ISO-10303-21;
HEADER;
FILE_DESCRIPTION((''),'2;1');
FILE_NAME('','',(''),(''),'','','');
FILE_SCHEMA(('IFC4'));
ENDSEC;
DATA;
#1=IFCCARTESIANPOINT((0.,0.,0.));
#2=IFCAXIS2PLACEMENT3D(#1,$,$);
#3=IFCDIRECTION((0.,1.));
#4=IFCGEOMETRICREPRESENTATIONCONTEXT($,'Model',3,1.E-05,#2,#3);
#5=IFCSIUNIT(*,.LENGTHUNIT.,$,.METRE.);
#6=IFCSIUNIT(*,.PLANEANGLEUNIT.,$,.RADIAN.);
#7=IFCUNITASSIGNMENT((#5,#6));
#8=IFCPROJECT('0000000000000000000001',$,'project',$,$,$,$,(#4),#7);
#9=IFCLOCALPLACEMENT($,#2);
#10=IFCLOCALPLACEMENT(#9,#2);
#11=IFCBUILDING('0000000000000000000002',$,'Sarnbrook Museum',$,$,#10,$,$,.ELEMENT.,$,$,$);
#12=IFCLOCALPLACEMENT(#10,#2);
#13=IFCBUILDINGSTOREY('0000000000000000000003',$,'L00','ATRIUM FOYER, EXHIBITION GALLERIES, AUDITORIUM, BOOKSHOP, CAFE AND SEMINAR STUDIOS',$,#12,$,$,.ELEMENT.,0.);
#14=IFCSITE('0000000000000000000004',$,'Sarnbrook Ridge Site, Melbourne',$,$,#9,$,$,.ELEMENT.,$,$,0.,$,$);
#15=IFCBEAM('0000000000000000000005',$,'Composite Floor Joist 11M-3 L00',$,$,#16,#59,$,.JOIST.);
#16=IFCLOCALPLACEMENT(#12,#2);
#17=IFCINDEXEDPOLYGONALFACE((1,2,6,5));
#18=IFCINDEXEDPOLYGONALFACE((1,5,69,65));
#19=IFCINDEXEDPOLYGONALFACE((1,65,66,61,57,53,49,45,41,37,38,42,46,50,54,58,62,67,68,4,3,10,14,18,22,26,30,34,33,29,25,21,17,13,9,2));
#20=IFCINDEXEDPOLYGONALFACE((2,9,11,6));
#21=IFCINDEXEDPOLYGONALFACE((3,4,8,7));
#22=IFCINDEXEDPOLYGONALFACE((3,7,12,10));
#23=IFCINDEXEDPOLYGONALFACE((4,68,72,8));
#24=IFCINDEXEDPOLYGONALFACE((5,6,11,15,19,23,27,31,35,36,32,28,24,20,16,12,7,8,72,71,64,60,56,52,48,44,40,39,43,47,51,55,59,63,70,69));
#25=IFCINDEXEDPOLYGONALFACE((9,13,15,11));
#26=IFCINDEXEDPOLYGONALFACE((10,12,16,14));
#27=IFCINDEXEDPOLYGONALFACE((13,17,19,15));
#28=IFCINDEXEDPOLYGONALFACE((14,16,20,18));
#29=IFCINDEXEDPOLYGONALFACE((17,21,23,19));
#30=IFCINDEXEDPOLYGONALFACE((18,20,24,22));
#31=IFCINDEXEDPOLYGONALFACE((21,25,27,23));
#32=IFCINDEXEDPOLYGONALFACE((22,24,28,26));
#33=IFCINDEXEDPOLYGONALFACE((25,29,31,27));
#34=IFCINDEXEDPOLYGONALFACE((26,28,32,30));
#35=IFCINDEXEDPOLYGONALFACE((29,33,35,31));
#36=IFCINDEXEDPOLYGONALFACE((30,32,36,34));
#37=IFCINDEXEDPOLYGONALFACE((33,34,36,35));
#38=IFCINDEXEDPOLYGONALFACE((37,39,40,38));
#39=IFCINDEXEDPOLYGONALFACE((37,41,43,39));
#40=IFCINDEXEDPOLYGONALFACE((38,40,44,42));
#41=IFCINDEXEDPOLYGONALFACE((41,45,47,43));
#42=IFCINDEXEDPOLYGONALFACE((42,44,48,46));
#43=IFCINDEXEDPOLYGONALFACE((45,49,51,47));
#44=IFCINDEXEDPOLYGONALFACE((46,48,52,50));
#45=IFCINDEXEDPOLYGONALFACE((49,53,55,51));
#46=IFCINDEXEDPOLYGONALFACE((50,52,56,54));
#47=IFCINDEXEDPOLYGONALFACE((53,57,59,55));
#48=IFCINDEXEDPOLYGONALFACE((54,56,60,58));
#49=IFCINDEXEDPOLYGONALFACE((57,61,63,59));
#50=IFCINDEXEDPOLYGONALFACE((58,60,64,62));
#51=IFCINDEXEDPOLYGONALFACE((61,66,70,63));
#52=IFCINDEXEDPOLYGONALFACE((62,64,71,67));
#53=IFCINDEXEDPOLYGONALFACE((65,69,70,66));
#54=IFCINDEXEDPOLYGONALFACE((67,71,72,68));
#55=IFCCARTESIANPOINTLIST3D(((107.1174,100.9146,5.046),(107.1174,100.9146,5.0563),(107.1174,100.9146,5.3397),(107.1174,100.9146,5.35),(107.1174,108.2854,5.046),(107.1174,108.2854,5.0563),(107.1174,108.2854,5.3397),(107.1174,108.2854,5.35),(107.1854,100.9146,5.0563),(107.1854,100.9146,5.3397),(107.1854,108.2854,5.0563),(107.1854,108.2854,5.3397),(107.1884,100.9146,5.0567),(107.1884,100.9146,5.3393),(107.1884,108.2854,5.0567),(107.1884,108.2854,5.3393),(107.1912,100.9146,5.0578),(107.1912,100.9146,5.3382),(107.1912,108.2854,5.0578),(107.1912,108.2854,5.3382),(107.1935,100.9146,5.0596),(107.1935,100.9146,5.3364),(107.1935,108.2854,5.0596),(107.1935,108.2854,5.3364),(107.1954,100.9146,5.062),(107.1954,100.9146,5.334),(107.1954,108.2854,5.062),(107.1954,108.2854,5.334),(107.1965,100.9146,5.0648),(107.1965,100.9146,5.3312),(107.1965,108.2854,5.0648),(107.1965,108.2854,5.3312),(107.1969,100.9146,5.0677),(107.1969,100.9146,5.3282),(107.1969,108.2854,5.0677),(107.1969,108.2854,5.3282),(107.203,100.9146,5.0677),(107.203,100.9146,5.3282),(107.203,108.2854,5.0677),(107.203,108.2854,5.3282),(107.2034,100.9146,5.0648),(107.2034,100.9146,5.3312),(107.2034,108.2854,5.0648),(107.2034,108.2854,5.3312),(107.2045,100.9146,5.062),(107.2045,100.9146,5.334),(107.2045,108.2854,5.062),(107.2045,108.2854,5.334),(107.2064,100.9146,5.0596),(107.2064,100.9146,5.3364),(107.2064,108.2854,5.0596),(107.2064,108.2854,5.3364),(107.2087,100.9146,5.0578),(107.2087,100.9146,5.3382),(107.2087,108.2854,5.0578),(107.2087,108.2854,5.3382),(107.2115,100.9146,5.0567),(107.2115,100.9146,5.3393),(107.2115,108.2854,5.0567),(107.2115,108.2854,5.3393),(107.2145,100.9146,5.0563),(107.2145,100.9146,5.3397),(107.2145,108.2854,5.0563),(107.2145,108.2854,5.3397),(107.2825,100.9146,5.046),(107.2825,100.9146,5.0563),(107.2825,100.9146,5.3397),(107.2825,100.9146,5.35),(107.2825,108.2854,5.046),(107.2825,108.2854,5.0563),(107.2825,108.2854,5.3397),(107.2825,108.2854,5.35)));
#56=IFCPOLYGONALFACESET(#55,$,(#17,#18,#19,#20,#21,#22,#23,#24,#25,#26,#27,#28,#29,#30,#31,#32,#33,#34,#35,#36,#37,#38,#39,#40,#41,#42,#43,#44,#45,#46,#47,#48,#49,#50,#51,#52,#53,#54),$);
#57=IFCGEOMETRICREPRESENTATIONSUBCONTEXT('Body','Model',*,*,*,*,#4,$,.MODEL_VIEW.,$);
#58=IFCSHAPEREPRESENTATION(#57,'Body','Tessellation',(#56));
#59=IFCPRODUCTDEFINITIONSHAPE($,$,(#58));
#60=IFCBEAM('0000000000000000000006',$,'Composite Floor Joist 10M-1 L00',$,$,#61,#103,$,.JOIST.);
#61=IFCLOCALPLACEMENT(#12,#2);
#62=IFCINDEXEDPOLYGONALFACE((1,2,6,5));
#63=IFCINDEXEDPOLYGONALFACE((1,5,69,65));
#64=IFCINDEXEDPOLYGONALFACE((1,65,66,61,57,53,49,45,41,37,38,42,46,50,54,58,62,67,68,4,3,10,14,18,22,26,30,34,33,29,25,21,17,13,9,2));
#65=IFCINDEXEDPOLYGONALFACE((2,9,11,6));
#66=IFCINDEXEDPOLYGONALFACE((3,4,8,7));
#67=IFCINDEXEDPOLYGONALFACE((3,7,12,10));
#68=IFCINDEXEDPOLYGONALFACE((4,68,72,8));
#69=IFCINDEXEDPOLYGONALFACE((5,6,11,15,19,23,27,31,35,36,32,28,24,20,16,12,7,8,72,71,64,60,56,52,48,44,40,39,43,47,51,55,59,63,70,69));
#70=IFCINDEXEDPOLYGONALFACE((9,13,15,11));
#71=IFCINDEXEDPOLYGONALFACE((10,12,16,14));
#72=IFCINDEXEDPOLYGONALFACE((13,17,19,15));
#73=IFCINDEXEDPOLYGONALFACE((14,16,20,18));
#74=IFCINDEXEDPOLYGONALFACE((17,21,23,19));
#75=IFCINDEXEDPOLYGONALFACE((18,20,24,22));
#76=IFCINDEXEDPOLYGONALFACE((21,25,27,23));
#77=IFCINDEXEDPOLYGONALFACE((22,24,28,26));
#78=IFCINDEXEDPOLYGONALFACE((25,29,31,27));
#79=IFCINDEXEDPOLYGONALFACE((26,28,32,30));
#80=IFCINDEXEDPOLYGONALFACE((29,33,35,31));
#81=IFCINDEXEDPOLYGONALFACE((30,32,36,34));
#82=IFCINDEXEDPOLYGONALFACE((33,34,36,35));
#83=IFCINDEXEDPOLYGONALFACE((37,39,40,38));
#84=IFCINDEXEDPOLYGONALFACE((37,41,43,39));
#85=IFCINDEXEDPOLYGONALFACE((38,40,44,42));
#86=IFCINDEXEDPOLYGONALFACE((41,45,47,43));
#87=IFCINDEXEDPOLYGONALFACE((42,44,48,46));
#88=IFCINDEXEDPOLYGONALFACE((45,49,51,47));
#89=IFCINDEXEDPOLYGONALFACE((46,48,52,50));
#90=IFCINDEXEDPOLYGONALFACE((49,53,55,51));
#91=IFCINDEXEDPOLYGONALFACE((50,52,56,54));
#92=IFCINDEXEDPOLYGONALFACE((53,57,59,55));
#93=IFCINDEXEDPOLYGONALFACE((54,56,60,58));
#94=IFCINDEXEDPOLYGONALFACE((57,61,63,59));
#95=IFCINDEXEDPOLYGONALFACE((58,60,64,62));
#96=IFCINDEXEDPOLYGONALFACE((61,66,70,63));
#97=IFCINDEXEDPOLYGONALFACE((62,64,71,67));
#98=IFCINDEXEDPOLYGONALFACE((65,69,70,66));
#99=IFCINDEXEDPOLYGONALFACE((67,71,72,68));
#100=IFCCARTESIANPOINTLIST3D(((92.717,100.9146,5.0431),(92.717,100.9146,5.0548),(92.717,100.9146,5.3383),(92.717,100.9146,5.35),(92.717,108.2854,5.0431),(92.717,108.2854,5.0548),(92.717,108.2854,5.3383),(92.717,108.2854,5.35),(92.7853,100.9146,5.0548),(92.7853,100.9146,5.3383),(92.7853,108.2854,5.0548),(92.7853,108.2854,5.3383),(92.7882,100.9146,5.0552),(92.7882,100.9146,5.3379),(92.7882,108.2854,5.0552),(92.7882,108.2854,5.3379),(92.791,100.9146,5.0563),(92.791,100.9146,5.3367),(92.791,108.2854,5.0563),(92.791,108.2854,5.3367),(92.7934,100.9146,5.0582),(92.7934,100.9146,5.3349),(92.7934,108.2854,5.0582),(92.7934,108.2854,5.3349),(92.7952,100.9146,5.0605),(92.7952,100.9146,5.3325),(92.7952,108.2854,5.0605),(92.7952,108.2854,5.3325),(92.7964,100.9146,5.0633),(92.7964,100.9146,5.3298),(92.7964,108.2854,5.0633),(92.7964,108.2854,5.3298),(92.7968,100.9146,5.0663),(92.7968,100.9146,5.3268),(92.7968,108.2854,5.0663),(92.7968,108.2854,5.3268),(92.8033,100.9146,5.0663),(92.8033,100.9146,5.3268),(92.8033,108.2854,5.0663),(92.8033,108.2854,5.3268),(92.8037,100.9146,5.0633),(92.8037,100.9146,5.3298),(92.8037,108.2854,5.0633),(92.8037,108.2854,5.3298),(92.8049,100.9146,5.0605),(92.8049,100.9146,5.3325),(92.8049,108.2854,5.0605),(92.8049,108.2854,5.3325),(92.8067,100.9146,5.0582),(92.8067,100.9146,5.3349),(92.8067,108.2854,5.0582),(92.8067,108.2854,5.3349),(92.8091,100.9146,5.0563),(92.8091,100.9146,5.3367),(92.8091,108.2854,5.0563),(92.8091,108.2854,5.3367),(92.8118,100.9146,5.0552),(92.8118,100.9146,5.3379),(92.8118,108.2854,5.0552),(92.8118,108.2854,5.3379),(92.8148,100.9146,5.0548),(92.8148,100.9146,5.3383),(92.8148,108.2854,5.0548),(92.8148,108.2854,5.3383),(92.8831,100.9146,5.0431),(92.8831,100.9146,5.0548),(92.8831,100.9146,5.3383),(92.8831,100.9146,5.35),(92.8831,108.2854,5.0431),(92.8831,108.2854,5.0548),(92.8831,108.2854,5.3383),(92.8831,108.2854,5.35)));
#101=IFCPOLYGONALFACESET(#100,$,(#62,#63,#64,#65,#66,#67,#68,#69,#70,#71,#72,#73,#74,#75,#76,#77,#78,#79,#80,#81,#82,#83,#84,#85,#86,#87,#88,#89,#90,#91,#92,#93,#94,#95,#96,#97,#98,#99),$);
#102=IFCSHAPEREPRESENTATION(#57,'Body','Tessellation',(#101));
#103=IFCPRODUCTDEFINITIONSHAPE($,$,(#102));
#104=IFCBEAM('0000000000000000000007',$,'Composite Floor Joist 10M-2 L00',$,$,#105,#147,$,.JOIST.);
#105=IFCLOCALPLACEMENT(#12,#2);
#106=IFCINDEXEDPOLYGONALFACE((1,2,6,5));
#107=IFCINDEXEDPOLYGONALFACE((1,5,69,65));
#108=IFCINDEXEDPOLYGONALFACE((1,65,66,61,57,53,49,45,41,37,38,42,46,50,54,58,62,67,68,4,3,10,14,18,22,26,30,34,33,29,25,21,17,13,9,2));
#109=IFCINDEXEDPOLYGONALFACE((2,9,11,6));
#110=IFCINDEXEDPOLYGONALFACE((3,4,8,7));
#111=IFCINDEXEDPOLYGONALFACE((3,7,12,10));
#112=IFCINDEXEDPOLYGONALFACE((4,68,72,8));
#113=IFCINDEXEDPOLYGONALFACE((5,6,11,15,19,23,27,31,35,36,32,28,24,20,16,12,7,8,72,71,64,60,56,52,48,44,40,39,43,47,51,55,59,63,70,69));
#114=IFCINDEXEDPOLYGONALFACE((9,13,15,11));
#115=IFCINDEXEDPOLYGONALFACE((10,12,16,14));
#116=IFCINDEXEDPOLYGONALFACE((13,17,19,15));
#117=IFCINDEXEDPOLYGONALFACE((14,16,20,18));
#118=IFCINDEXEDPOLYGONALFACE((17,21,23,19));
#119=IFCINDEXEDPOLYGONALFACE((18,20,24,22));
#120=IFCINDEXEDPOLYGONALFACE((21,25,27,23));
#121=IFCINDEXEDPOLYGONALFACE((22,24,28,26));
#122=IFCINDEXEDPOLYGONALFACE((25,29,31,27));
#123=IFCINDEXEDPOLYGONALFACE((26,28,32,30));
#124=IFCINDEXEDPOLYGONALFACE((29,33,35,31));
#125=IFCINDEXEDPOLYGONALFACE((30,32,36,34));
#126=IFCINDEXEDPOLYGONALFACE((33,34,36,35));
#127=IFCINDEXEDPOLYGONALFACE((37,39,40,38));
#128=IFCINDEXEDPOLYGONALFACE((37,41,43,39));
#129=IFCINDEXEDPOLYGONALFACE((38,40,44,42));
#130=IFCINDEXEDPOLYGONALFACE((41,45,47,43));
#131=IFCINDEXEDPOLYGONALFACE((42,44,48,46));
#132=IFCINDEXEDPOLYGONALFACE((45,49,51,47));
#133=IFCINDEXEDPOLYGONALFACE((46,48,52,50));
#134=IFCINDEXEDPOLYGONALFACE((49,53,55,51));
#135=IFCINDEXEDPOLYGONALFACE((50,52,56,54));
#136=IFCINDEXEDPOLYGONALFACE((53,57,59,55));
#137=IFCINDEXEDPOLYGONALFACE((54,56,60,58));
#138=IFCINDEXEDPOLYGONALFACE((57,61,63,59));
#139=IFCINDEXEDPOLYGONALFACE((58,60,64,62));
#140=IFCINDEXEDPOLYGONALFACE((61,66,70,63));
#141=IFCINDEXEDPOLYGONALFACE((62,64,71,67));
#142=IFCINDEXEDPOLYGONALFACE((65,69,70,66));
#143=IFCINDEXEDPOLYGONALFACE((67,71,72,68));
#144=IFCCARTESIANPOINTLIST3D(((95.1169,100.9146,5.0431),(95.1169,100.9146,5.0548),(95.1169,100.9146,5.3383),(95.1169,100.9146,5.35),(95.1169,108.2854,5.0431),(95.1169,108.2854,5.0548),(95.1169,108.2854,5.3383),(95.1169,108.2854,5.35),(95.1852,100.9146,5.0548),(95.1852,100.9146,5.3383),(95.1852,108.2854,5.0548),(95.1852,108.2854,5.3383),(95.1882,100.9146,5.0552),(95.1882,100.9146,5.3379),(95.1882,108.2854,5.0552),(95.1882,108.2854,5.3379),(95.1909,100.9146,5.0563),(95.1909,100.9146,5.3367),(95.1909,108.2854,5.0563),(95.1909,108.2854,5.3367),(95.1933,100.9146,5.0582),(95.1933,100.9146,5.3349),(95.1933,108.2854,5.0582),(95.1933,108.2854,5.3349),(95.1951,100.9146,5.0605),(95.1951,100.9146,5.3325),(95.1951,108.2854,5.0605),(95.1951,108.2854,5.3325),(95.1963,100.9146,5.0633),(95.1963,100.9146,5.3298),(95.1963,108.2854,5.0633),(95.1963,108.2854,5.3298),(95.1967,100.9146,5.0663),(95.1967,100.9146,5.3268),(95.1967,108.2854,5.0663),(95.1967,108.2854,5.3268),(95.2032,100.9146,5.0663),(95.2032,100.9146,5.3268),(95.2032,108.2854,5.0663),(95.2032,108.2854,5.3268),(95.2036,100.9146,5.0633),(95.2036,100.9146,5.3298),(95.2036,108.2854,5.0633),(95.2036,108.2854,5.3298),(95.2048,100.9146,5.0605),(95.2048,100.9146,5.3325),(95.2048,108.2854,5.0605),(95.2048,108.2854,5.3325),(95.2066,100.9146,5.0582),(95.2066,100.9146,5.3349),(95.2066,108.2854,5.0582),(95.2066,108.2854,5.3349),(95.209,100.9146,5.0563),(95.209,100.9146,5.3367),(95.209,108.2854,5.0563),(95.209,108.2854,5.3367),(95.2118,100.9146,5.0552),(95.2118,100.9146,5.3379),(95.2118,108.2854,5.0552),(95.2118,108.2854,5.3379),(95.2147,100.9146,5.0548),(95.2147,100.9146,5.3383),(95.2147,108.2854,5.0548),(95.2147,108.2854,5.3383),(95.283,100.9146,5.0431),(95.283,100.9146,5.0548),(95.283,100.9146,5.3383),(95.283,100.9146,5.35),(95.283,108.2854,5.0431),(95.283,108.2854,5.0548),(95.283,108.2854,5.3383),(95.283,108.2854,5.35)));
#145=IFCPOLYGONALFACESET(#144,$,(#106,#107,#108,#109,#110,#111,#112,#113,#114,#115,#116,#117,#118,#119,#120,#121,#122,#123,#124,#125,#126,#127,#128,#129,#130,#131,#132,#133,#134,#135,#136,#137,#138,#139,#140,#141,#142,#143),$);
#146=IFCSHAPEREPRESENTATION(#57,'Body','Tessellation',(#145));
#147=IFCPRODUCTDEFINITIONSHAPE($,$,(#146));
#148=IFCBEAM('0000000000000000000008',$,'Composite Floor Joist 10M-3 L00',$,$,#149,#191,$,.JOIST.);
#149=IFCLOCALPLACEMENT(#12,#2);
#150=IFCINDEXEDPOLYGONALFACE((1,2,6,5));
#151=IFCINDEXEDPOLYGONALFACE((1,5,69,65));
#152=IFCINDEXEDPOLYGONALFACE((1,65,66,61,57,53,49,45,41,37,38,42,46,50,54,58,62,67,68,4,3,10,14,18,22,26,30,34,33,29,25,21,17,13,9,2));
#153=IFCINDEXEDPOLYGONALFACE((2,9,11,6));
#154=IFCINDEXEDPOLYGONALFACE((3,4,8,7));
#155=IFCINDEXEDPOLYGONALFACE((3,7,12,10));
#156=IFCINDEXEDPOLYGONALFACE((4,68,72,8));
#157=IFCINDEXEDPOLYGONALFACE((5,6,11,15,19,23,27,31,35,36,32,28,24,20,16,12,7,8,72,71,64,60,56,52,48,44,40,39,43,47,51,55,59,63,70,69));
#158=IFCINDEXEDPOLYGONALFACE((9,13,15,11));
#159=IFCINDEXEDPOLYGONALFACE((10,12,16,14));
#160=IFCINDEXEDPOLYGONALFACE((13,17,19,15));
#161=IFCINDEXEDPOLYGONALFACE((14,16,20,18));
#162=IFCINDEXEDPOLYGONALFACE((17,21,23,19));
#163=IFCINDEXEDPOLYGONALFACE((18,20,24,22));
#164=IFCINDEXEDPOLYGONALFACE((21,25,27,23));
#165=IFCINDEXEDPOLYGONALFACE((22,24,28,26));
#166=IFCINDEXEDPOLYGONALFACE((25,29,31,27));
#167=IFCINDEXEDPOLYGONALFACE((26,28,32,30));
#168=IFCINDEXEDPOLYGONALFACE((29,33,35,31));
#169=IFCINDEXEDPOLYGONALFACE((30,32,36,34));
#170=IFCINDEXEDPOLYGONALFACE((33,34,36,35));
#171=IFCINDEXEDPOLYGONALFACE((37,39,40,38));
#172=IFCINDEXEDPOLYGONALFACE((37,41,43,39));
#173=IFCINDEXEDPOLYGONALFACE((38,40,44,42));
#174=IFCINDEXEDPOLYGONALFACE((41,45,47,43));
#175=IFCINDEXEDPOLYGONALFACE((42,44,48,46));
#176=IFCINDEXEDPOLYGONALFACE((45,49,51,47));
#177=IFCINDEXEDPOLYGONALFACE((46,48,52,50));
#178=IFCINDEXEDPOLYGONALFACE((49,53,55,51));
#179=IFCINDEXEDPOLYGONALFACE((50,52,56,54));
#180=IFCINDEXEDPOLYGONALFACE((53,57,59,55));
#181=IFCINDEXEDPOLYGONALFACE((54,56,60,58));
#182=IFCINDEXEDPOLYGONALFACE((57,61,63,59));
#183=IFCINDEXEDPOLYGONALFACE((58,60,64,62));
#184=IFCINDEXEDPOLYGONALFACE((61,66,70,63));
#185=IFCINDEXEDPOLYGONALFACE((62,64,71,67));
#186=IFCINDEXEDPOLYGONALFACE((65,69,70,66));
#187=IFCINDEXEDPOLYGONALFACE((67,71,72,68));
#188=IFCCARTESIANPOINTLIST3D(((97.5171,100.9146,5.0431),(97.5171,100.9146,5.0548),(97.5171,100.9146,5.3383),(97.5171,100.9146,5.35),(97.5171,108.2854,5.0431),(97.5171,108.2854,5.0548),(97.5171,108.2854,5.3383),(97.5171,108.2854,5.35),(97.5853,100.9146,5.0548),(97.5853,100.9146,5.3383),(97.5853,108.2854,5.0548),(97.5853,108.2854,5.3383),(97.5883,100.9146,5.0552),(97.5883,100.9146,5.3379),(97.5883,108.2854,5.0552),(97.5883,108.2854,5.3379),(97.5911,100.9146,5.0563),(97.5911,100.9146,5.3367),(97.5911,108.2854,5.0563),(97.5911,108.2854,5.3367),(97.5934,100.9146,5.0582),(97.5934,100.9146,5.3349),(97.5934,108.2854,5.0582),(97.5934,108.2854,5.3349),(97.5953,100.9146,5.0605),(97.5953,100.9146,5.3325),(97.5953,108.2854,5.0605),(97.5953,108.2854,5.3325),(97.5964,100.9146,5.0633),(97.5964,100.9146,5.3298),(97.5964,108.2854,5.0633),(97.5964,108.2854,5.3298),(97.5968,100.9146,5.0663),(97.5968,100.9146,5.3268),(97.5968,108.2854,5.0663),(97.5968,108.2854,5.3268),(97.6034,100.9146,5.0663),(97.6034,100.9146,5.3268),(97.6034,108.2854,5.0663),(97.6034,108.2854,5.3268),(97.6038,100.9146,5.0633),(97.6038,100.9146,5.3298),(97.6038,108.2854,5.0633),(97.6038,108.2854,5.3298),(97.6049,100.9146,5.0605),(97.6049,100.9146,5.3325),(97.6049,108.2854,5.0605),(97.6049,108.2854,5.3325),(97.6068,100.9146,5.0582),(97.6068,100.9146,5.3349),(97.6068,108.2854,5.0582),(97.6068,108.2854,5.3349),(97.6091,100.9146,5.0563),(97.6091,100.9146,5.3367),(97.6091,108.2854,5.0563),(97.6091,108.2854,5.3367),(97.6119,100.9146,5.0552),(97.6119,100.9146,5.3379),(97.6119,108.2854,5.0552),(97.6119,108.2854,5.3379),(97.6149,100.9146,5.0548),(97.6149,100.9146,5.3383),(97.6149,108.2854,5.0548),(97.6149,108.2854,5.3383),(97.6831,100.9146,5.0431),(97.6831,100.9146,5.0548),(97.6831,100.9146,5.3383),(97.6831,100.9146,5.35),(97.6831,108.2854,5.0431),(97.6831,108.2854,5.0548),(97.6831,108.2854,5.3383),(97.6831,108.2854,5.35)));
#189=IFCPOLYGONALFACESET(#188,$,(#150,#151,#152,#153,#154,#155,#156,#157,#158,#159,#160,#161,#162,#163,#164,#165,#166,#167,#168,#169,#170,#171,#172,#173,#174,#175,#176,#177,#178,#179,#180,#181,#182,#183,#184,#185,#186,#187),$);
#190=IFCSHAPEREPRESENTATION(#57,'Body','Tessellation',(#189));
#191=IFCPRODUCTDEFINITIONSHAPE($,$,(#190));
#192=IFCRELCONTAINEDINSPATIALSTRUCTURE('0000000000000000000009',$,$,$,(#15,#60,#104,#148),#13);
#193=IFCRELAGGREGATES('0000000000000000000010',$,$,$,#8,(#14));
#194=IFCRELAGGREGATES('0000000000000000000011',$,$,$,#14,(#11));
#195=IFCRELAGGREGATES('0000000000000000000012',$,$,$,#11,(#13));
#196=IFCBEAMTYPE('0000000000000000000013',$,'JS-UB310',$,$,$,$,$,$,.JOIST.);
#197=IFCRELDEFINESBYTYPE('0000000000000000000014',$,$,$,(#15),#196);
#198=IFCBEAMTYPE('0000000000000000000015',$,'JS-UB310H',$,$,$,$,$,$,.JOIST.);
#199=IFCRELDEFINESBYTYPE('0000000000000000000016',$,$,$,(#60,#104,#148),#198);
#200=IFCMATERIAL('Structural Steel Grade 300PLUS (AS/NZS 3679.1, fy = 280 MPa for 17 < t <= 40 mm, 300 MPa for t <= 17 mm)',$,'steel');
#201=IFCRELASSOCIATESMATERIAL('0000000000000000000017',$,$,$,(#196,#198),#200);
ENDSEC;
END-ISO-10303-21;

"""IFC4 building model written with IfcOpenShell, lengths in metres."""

from ifc_helpers import new_model, si_unit, direction, frame, origin, origin_2d, place, context, subcontext, project, spatial, i_section, extrude, material, material_profile, profile_set, type_object, element, save


model = new_model("IFC4")

# Units and contexts
model_context = context("Model", 3, precision=1e-05, world=origin(), true_north=direction((0.0, 1.0)))
body_context = subcontext(model_context, "Body", "Model", "MODEL_VIEW")
ifc_project = project(units=[si_unit("LENGTHUNIT", "METRE"), si_unit("PLANEANGLEUNIT", "RADIAN")], contexts=[model_context])

# Site, building, storey
site_placement = place(None, origin())
site = spatial("IfcSite", under=ifc_project, at=site_placement, Name="Sarnbrook Ridge Site, Melbourne", CompositionType="ELEMENT", RefElevation=0.0)
building_placement = place(site_placement, origin())
building = spatial("IfcBuilding", under=site, at=building_placement, Name="Sarnbrook Museum", CompositionType="ELEMENT")
storey_placement = place(building_placement, origin())
storey = spatial("IfcBuildingStorey", under=building, at=storey_placement, Name="L00", Description="ATRIUM FOYER, EXHIBITION GALLERIES, AUDITORIUM, BOOKSHOP, CAFE AND SEMINAR STUDIOS", CompositionType="ELEMENT", Elevation=0.0)

# Beams
ifc_material_1 = material(Name="Structural Steel Grade 300PLUS (AS/NZS 3679.1, fy = 280 MPa for 17 < t <= 40 mm, 300 MPa for t <= 17 mm)", Category="steel")
ifc_material_profile_1 = material_profile(ifc_material_1, i_section(OverallWidth=0.165, OverallDepth=0.304, WebThickness=0.0061, FlangeThickness=0.0103, FilletRadius=0.0115, at=origin_2d()), Name="310UB40.4")
ifc_profile_set_1 = profile_set([ifc_material_profile_1], Name="Structural Steel Grade 300PLUS (AS/NZS 3679.1, fy = 280 MPa for 17 < t <= 40 mm, 300 MPa for t <= 17 mm)")
beam_type_1 = type_object("IfcBeamType", Name="JS-UB310", PredefinedType="JOIST", material=ifc_profile_set_1)
for number, where, z_axis, x_axis, name in (
    (1, (107.2, 100.9146, 5.198), (0.0, 1.0, 0.0), (-1.0, 0.0, 0.0), "Composite Floor Joist 11M-3 L00"),
):
    element("IfcBeam", number, at=place(storey_placement, frame(where, z_axis=z_axis, x_axis=x_axis)), inside=storey, type_object=beam_type_1, Name=name, PredefinedType="JOIST", context=body_context, shape_type="SweptSolid", body=[
        extrude(i_section(OverallWidth=0.165, OverallDepth=0.304, WebThickness=0.0061, FlangeThickness=0.0103, FilletRadius=0.0115, at=origin_2d()), origin(), (0.0, 0.0, 1.0), 7.3708),
    ])
ifc_material_profile_2 = material_profile(ifc_material_1, i_section(OverallWidth=0.166, OverallDepth=0.3069, WebThickness=0.0066, FlangeThickness=0.0117, FilletRadius=0.0115, at=origin_2d()), Name="310UB46.2")
ifc_profile_set_2 = profile_set([ifc_material_profile_2], Name="Structural Steel Grade 300PLUS (AS/NZS 3679.1, fy = 280 MPa for 17 < t <= 40 mm, 300 MPa for t <= 17 mm)")
beam_type_2 = type_object("IfcBeamType", Name="JS-UB310H", PredefinedType="JOIST", material=ifc_profile_set_2)
for number, where, z_axis, x_axis, name in (
    (2, (92.8, 100.9146, 5.1965), (0.0, 1.0, 0.0), (-1.0, 0.0, 0.0), "Composite Floor Joist 10M-1 L00"),
    (3, (95.2, 100.9146, 5.1965), (0.0, 1.0, 0.0), (-1.0, 0.0, 0.0), "Composite Floor Joist 10M-2 L00"),
    (4, (97.6001, 100.9146, 5.1965), (0.0, 1.0, 0.0), (-1.0, 0.0, 0.0), "Composite Floor Joist 10M-3 L00"),
):
    element("IfcBeam", number, at=place(storey_placement, frame(where, z_axis=z_axis, x_axis=x_axis)), inside=storey, type_object=beam_type_2, Name=name, PredefinedType="JOIST", context=body_context, shape_type="SweptSolid", body=[
        extrude(i_section(OverallWidth=0.166, OverallDepth=0.3069, WebThickness=0.0066, FlangeThickness=0.0117, FilletRadius=0.0115, at=origin_2d()), origin(), (0.0, 0.0, 1.0), 7.3708),
    ])

save(model, "model.ifc")
